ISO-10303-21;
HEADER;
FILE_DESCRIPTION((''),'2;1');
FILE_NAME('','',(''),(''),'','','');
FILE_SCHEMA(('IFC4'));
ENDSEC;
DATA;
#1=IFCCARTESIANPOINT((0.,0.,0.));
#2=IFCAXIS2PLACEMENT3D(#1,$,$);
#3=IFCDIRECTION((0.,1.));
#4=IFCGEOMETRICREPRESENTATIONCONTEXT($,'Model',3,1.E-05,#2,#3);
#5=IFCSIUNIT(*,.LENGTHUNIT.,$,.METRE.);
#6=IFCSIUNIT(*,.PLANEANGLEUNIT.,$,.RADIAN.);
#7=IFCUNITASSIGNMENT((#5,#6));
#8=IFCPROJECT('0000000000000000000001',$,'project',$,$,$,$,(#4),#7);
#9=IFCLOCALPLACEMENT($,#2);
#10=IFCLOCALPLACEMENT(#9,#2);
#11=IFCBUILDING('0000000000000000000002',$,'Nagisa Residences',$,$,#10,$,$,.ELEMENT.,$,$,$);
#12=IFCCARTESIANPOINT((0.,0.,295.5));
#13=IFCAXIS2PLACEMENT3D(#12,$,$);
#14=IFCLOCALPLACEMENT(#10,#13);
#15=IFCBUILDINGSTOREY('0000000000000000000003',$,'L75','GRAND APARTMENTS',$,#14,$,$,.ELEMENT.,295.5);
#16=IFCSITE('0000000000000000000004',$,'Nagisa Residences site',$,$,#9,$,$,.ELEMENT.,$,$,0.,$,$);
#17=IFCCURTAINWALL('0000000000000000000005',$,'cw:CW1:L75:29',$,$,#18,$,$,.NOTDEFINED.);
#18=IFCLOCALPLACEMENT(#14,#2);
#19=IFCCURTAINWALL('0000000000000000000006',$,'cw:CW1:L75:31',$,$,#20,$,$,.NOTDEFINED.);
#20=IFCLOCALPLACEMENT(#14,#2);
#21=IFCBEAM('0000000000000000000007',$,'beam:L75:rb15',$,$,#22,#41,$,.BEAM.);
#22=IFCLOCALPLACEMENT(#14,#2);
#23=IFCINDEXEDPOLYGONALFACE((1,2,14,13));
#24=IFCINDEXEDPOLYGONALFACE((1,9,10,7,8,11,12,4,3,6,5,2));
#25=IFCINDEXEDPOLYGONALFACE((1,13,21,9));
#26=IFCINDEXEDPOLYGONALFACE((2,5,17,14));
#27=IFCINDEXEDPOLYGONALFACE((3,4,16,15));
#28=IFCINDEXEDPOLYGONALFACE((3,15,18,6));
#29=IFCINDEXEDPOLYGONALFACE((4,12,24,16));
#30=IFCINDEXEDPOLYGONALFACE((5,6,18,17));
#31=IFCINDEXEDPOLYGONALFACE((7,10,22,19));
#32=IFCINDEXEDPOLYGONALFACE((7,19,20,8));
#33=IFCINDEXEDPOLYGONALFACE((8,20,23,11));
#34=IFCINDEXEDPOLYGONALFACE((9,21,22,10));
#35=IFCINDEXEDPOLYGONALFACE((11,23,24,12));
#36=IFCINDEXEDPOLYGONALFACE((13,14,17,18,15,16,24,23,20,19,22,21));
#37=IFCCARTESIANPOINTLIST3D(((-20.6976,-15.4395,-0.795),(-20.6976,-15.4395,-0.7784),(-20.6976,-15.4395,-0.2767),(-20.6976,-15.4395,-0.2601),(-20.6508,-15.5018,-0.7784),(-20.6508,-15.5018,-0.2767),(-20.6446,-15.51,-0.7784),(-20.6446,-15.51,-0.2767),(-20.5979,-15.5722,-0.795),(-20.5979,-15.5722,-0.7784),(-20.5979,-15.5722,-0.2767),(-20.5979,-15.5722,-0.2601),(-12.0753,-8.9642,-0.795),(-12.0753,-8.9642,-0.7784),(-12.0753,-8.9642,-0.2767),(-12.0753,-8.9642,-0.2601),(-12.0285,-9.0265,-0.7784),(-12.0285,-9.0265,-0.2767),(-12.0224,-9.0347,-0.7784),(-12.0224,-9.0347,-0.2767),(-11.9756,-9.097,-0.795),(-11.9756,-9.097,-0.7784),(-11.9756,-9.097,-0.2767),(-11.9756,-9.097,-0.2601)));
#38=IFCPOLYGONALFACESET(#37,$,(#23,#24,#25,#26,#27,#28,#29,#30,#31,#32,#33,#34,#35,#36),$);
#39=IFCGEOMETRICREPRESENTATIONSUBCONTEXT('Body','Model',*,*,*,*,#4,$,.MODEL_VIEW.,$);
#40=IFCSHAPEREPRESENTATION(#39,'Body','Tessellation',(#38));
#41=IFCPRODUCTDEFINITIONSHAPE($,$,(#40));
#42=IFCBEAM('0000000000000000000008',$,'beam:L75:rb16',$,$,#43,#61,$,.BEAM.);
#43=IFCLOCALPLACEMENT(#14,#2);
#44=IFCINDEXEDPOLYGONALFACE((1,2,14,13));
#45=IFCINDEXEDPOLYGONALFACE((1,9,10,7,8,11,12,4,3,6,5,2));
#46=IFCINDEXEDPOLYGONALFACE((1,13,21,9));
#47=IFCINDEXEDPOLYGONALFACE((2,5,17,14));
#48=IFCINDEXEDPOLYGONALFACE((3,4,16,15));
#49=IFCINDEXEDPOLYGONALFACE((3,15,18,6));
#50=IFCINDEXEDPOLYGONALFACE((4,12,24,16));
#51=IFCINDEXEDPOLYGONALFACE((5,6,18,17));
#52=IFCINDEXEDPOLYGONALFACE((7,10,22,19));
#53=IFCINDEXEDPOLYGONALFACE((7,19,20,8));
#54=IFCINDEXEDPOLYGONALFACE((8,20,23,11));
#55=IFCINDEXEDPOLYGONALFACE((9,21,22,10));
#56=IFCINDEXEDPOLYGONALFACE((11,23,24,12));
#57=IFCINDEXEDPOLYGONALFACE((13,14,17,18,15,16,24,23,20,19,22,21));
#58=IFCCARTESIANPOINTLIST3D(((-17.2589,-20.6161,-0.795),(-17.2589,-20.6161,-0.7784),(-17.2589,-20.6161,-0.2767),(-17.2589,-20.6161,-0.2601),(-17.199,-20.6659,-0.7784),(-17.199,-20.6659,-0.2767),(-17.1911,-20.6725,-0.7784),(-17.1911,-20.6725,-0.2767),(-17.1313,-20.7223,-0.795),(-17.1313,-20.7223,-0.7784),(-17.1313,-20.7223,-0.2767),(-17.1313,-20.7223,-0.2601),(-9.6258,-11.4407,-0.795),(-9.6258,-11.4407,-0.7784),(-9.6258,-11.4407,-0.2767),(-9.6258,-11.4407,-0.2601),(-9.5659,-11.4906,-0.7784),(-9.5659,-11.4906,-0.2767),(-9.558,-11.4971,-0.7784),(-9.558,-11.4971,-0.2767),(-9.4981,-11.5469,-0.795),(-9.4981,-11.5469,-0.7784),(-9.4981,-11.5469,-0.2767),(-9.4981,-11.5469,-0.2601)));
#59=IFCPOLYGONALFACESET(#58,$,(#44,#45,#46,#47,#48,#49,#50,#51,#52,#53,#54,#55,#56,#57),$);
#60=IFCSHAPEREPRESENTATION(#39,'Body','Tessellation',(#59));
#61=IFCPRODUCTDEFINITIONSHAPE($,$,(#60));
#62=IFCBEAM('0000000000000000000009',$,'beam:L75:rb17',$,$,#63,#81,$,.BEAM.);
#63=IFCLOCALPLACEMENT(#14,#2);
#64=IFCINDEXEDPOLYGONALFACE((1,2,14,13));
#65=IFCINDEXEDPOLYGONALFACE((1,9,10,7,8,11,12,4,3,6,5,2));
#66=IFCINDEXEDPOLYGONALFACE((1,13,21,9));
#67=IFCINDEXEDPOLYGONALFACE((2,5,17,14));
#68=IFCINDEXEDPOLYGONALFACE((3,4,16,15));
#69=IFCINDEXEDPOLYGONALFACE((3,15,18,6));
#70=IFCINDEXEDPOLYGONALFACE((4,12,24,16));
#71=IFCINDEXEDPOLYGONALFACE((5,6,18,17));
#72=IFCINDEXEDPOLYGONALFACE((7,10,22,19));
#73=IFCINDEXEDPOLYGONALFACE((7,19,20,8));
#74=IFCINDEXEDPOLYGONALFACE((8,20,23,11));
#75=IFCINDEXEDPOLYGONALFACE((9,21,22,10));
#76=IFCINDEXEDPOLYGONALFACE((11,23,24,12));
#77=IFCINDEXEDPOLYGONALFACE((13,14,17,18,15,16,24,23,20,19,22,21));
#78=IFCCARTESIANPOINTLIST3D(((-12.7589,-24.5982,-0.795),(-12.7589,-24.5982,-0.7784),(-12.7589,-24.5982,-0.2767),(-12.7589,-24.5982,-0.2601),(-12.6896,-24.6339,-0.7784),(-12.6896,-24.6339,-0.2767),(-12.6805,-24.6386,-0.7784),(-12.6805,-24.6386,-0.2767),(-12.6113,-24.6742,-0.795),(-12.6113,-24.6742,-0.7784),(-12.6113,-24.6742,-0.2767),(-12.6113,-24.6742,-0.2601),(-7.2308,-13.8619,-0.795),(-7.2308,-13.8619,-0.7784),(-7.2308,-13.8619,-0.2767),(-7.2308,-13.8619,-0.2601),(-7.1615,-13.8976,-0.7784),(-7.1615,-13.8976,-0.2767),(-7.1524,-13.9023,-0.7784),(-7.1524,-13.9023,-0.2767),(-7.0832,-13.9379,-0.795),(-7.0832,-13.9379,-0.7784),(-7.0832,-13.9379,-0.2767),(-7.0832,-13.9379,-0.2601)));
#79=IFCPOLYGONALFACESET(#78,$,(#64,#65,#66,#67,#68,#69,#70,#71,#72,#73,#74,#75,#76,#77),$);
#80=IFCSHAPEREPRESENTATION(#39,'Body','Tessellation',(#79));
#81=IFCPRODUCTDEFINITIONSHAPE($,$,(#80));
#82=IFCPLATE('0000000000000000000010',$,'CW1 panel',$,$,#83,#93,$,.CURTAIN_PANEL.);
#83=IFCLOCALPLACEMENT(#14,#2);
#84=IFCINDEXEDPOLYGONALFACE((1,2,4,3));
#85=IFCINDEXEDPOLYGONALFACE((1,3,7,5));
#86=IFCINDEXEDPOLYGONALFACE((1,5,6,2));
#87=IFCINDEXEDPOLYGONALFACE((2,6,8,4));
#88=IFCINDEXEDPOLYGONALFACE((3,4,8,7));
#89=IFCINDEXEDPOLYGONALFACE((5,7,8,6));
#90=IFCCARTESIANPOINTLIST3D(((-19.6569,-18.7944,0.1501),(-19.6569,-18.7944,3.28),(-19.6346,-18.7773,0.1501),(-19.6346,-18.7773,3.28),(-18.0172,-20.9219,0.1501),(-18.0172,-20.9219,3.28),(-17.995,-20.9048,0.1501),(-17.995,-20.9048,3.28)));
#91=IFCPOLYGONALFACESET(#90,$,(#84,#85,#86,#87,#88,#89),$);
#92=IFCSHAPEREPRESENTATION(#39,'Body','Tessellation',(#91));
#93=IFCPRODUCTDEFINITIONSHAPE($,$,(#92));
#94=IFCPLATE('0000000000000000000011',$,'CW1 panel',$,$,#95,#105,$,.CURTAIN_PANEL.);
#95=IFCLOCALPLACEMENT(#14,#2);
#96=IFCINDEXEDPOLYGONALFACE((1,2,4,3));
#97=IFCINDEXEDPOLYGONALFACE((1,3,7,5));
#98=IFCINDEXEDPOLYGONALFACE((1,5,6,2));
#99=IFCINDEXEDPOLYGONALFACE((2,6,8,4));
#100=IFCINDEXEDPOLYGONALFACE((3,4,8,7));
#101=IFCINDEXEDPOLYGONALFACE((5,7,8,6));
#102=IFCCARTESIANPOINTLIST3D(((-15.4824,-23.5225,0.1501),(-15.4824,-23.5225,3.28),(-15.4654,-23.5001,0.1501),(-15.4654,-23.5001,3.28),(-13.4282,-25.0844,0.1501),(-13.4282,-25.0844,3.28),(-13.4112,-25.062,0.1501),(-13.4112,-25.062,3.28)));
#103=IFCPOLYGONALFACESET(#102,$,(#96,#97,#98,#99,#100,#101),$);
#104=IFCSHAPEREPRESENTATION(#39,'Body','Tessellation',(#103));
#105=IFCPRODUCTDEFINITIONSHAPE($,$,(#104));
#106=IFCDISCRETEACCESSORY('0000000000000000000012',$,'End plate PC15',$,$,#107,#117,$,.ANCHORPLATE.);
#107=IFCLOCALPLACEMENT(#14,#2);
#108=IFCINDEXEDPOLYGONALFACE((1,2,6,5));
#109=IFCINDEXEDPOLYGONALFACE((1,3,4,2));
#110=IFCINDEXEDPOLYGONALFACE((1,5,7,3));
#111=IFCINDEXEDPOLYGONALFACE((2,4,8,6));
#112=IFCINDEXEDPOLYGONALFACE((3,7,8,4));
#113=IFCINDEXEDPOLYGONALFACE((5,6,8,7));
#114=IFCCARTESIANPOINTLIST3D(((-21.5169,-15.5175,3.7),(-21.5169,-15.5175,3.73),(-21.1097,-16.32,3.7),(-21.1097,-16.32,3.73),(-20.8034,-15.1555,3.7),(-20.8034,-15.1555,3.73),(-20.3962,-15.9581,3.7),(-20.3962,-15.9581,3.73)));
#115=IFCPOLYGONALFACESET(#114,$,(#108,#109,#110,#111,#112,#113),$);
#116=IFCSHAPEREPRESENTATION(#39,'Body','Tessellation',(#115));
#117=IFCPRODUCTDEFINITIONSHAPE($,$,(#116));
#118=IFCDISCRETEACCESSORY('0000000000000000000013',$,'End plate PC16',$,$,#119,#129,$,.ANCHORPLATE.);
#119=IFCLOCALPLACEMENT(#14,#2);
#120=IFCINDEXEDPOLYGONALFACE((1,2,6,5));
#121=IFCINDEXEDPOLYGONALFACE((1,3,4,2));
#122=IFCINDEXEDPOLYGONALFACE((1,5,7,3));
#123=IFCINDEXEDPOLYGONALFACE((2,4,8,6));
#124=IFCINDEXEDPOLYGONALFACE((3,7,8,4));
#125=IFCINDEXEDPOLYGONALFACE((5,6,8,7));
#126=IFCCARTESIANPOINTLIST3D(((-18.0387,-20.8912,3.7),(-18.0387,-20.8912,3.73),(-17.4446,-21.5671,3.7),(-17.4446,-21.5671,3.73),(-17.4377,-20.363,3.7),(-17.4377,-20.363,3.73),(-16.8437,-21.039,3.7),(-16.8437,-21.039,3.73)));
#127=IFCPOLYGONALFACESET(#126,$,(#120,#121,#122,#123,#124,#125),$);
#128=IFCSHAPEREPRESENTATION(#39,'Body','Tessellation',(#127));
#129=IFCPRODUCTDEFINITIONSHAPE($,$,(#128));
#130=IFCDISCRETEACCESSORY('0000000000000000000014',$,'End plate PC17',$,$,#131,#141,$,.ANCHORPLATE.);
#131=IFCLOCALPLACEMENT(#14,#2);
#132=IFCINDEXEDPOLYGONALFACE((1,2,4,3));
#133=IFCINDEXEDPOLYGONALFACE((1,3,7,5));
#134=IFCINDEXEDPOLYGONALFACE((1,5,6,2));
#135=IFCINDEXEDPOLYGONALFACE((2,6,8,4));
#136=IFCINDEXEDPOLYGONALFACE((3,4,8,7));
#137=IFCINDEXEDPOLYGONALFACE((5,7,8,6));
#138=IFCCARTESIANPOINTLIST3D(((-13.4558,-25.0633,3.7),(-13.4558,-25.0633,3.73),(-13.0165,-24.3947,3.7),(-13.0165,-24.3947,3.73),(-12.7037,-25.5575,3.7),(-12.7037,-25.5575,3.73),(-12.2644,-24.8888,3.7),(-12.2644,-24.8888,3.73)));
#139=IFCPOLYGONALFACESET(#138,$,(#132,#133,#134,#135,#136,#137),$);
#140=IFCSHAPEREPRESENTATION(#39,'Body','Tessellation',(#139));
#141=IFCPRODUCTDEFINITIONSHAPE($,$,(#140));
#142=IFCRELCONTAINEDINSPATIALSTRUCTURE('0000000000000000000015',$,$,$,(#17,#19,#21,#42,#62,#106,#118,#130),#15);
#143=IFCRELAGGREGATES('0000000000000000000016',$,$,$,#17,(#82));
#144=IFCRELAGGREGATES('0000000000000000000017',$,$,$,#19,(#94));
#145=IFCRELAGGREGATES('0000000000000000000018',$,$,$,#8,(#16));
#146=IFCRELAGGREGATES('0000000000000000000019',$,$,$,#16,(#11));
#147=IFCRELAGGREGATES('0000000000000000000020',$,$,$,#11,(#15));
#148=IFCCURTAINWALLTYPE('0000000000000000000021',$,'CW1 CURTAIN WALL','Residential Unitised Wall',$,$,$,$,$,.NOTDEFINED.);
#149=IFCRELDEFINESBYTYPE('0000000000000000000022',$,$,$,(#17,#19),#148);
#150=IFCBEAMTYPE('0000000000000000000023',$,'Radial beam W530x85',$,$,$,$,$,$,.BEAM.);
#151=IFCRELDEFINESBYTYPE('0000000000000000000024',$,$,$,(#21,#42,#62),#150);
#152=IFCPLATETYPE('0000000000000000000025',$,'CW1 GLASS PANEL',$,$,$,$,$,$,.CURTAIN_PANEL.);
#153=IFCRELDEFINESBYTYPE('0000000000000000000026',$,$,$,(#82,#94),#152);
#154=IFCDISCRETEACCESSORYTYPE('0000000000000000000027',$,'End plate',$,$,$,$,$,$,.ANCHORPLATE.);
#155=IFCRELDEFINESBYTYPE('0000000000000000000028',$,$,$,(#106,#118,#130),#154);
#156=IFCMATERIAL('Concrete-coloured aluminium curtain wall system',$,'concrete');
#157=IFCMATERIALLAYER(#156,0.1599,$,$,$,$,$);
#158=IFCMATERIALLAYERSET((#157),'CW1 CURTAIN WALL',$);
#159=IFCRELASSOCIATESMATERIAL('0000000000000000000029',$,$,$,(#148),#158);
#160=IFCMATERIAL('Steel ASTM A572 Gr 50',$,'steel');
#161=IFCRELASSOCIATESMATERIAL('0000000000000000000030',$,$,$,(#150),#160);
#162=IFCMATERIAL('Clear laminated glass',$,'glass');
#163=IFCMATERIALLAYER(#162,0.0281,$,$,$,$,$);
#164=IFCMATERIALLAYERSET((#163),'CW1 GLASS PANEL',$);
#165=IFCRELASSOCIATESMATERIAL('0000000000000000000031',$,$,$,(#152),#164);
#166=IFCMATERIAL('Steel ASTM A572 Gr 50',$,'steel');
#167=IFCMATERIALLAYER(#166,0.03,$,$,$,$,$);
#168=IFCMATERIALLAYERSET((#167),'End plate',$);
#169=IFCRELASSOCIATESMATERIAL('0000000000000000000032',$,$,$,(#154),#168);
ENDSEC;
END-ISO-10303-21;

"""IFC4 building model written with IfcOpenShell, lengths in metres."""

from ifc_helpers import new_model, si_unit, direction, frame, origin, origin_2d, place, context, subcontext, project, spatial, rectangle, i_section, extrude, material, layer, layer_set, material_profile, profile_set, type_object, element, aggregate, save


model = new_model("IFC4")

# Units and contexts
model_context = context("Model", 3, precision=1e-05, world=origin(), true_north=direction((0.0, 1.0)))
body_context = subcontext(model_context, "Body", "Model", "MODEL_VIEW")
ifc_project = project(units=[si_unit("LENGTHUNIT", "METRE"), si_unit("PLANEANGLEUNIT", "RADIAN")], contexts=[model_context])

# Site, building, storey
site_placement = place(None, origin())
site = spatial("IfcSite", under=ifc_project, at=site_placement, Name="Nagisa Residences site", CompositionType="ELEMENT", RefElevation=0.0)
building_placement = place(site_placement, origin())
building = spatial("IfcBuilding", under=site, at=building_placement, Name="Nagisa Residences", CompositionType="ELEMENT")
storey_placement = place(building_placement, frame((0.0, 0.0, 295.5)))
storey = spatial("IfcBuildingStorey", under=building, at=storey_placement, Name="L75", Description="GRAND APARTMENTS", CompositionType="ELEMENT", Elevation=295.5)

# Curtain walls
ifc_material_1 = material(Name="Concrete-coloured aluminium curtain wall system", Category="concrete")
ifc_layer_1 = layer(ifc_material_1, 0.1599)
ifc_layer_set_1 = layer_set([ifc_layer_1], Name="CW1 CURTAIN WALL")
curtain_wall_type = type_object("IfcCurtainWallType", Name="CW1 CURTAIN WALL", Description="Residential Unitised Wall", PredefinedType="NOTDEFINED", material=ifc_layer_set_1)
curtain_wall_1_placement = place(storey_placement, origin())
curtain_wall_1 = element("IfcCurtainWall", 1, at=curtain_wall_1_placement, inside=storey, type_object=curtain_wall_type, Name="cw:CW1:L75:29", PredefinedType="NOTDEFINED")
curtain_wall_2_placement = place(storey_placement, origin())
curtain_wall_2 = element("IfcCurtainWall", 2, at=curtain_wall_2_placement, inside=storey, type_object=curtain_wall_type, Name="cw:CW1:L75:31", PredefinedType="NOTDEFINED")

# Beams
ifc_material_2 = material(Name="Steel ASTM A572 Gr 50", Category="steel")
ifc_material_profile_1 = material_profile(ifc_material_2, i_section(OverallWidth=0.166, OverallDepth=0.5349, WebThickness=0.0103, FlangeThickness=0.0166, at=origin_2d()), Name="W530x85")
ifc_profile_set_1 = profile_set([ifc_material_profile_1], Name="Steel ASTM A572 Gr 50")
beam_type_1 = type_object("IfcBeamType", Name="Radial beam W530x85", PredefinedType="BEAM", material=ifc_profile_set_1)
beam_1_placement = place(storey_placement, frame((-20.6477, -15.5059, -0.5276), z_axis=(0.799617, 0.600511, 0.0), x_axis=(-0.600511, 0.799617, 0.0)))
element("IfcBeam", 3, at=beam_1_placement, inside=storey, type_object=beam_type_1, Name="beam:L75:rb15", PredefinedType="BEAM", context=body_context, shape_type="SweptSolid", body=[
    extrude(i_section(OverallWidth=0.166, OverallDepth=0.5349, WebThickness=0.0103, FlangeThickness=0.0166, at=origin_2d()), origin(), (0.0, 0.0, 1.0), 10.783),
])
beam_2_placement = place(storey_placement, frame((-17.1951, -20.6692, -0.5276), z_axis=(0.63954, 0.768758, 0.0), x_axis=(-0.768758, 0.63954, 0.0)))
element("IfcBeam", 4, at=beam_2_placement, inside=storey, type_object=beam_type_1, Name="beam:L75:rb16", PredefinedType="BEAM", context=body_context, shape_type="SweptSolid", body=[
    extrude(i_section(OverallWidth=0.166, OverallDepth=0.5349, WebThickness=0.0103, FlangeThickness=0.0166, at=origin_2d()), origin(), (0.0, 0.0, 1.0), 11.9353),
])
beam_3_placement = place(storey_placement, frame((-12.6851, -24.6362, -0.5276), z_axis=(0.457776, 0.889068, 0.0), x_axis=(-0.889068, 0.457776, 0.0)))
element("IfcBeam", 5, at=beam_3_placement, inside=storey, type_object=beam_type_1, Name="beam:L75:rb17", PredefinedType="BEAM", context=body_context, shape_type="SweptSolid", body=[
    extrude(i_section(OverallWidth=0.166, OverallDepth=0.5349, WebThickness=0.0103, FlangeThickness=0.0166, at=origin_2d()), origin(), (0.0, 0.0, 1.0), 12.0759),
])

# Plates
ifc_material_3 = material(Name="Clear laminated glass", Category="glass")
ifc_layer_2 = layer(ifc_material_3, 0.0281)
ifc_layer_set_2 = layer_set([ifc_layer_2], Name="CW1 GLASS PANEL")
plate_type = type_object("IfcPlateType", Name="CW1 GLASS PANEL", PredefinedType="CURTAIN_PANEL", material=ifc_layer_set_2)
plate_1_placement = place(storey_placement, frame((-18.8259, -19.8496, 0.1501), z_axis=(0.0, 0.0, 1.0), x_axis=(0.61043, -0.79207, 0.0)))
plate_1 = element("IfcPlate", 6, at=plate_1_placement, type_object=plate_type, Name="CW1 panel", PredefinedType="CURTAIN_PANEL", context=body_context, shape_type="SweptSolid", body=[
    extrude(rectangle(XDim=2.686, YDim=0.0281, at=origin_2d()), origin(), (0.0, 0.0, 1.0), 3.1299),
])
aggregate(curtain_wall_1, [plate_1])
plate_2_placement = place(storey_placement, frame((-14.4468, -24.2922, 0.1501), z_axis=(0.0, 0.0, 1.0), x_axis=(0.796031, -0.605255, 0.0)))
plate_2 = element("IfcPlate", 7, at=plate_2_placement, type_object=plate_type, Name="CW1 panel", PredefinedType="CURTAIN_PANEL", context=body_context, shape_type="SweptSolid", body=[
    extrude(rectangle(XDim=2.5806, YDim=0.0281, at=origin_2d()), origin(), (0.0, 0.0, 1.0), 3.1299),
])
aggregate(curtain_wall_2, [plate_2])

# Discrete accessories
ifc_material_4 = material(Name="Steel ASTM A572 Gr 50", Category="steel")
ifc_layer_3 = layer(ifc_material_4, 0.03)
ifc_layer_set_3 = layer_set([ifc_layer_3], Name="End plate")
discrete_accessory_type = type_object("IfcDiscreteAccessoryType", Name="End plate", PredefinedType="ANCHORPLATE", material=ifc_layer_set_3)
for number, where, z_axis, x_axis, name in (
    (8, (-20.9565, -15.7378, 3.7), (0.0, 0.0, 1.0), (0.452463, -0.891783, 0.0), "End plate PC15"),
    (9, (-17.4412, -20.9651, 3.7), (0.0, 0.0, 1.0), (0.660115, -0.751165, 0.0), "End plate PC16"),
    (10, (-12.8601, -24.9761, 3.7), (0.0, 0.0, 1.0), (0.835766, -0.549086, 0.0), "End plate PC17"),
):
    element("IfcDiscreteAccessory", number, at=place(storey_placement, frame(where, z_axis=z_axis, x_axis=x_axis)), inside=storey, type_object=discrete_accessory_type, Name=name, PredefinedType="ANCHORPLATE", context=body_context, shape_type="SweptSolid", body=[
        extrude(rectangle(XDim=0.8999, YDim=0.8, at=origin_2d()), origin(), (0.0, 0.0, 1.0), 0.03),
    ])

save(model, "model.ifc")
